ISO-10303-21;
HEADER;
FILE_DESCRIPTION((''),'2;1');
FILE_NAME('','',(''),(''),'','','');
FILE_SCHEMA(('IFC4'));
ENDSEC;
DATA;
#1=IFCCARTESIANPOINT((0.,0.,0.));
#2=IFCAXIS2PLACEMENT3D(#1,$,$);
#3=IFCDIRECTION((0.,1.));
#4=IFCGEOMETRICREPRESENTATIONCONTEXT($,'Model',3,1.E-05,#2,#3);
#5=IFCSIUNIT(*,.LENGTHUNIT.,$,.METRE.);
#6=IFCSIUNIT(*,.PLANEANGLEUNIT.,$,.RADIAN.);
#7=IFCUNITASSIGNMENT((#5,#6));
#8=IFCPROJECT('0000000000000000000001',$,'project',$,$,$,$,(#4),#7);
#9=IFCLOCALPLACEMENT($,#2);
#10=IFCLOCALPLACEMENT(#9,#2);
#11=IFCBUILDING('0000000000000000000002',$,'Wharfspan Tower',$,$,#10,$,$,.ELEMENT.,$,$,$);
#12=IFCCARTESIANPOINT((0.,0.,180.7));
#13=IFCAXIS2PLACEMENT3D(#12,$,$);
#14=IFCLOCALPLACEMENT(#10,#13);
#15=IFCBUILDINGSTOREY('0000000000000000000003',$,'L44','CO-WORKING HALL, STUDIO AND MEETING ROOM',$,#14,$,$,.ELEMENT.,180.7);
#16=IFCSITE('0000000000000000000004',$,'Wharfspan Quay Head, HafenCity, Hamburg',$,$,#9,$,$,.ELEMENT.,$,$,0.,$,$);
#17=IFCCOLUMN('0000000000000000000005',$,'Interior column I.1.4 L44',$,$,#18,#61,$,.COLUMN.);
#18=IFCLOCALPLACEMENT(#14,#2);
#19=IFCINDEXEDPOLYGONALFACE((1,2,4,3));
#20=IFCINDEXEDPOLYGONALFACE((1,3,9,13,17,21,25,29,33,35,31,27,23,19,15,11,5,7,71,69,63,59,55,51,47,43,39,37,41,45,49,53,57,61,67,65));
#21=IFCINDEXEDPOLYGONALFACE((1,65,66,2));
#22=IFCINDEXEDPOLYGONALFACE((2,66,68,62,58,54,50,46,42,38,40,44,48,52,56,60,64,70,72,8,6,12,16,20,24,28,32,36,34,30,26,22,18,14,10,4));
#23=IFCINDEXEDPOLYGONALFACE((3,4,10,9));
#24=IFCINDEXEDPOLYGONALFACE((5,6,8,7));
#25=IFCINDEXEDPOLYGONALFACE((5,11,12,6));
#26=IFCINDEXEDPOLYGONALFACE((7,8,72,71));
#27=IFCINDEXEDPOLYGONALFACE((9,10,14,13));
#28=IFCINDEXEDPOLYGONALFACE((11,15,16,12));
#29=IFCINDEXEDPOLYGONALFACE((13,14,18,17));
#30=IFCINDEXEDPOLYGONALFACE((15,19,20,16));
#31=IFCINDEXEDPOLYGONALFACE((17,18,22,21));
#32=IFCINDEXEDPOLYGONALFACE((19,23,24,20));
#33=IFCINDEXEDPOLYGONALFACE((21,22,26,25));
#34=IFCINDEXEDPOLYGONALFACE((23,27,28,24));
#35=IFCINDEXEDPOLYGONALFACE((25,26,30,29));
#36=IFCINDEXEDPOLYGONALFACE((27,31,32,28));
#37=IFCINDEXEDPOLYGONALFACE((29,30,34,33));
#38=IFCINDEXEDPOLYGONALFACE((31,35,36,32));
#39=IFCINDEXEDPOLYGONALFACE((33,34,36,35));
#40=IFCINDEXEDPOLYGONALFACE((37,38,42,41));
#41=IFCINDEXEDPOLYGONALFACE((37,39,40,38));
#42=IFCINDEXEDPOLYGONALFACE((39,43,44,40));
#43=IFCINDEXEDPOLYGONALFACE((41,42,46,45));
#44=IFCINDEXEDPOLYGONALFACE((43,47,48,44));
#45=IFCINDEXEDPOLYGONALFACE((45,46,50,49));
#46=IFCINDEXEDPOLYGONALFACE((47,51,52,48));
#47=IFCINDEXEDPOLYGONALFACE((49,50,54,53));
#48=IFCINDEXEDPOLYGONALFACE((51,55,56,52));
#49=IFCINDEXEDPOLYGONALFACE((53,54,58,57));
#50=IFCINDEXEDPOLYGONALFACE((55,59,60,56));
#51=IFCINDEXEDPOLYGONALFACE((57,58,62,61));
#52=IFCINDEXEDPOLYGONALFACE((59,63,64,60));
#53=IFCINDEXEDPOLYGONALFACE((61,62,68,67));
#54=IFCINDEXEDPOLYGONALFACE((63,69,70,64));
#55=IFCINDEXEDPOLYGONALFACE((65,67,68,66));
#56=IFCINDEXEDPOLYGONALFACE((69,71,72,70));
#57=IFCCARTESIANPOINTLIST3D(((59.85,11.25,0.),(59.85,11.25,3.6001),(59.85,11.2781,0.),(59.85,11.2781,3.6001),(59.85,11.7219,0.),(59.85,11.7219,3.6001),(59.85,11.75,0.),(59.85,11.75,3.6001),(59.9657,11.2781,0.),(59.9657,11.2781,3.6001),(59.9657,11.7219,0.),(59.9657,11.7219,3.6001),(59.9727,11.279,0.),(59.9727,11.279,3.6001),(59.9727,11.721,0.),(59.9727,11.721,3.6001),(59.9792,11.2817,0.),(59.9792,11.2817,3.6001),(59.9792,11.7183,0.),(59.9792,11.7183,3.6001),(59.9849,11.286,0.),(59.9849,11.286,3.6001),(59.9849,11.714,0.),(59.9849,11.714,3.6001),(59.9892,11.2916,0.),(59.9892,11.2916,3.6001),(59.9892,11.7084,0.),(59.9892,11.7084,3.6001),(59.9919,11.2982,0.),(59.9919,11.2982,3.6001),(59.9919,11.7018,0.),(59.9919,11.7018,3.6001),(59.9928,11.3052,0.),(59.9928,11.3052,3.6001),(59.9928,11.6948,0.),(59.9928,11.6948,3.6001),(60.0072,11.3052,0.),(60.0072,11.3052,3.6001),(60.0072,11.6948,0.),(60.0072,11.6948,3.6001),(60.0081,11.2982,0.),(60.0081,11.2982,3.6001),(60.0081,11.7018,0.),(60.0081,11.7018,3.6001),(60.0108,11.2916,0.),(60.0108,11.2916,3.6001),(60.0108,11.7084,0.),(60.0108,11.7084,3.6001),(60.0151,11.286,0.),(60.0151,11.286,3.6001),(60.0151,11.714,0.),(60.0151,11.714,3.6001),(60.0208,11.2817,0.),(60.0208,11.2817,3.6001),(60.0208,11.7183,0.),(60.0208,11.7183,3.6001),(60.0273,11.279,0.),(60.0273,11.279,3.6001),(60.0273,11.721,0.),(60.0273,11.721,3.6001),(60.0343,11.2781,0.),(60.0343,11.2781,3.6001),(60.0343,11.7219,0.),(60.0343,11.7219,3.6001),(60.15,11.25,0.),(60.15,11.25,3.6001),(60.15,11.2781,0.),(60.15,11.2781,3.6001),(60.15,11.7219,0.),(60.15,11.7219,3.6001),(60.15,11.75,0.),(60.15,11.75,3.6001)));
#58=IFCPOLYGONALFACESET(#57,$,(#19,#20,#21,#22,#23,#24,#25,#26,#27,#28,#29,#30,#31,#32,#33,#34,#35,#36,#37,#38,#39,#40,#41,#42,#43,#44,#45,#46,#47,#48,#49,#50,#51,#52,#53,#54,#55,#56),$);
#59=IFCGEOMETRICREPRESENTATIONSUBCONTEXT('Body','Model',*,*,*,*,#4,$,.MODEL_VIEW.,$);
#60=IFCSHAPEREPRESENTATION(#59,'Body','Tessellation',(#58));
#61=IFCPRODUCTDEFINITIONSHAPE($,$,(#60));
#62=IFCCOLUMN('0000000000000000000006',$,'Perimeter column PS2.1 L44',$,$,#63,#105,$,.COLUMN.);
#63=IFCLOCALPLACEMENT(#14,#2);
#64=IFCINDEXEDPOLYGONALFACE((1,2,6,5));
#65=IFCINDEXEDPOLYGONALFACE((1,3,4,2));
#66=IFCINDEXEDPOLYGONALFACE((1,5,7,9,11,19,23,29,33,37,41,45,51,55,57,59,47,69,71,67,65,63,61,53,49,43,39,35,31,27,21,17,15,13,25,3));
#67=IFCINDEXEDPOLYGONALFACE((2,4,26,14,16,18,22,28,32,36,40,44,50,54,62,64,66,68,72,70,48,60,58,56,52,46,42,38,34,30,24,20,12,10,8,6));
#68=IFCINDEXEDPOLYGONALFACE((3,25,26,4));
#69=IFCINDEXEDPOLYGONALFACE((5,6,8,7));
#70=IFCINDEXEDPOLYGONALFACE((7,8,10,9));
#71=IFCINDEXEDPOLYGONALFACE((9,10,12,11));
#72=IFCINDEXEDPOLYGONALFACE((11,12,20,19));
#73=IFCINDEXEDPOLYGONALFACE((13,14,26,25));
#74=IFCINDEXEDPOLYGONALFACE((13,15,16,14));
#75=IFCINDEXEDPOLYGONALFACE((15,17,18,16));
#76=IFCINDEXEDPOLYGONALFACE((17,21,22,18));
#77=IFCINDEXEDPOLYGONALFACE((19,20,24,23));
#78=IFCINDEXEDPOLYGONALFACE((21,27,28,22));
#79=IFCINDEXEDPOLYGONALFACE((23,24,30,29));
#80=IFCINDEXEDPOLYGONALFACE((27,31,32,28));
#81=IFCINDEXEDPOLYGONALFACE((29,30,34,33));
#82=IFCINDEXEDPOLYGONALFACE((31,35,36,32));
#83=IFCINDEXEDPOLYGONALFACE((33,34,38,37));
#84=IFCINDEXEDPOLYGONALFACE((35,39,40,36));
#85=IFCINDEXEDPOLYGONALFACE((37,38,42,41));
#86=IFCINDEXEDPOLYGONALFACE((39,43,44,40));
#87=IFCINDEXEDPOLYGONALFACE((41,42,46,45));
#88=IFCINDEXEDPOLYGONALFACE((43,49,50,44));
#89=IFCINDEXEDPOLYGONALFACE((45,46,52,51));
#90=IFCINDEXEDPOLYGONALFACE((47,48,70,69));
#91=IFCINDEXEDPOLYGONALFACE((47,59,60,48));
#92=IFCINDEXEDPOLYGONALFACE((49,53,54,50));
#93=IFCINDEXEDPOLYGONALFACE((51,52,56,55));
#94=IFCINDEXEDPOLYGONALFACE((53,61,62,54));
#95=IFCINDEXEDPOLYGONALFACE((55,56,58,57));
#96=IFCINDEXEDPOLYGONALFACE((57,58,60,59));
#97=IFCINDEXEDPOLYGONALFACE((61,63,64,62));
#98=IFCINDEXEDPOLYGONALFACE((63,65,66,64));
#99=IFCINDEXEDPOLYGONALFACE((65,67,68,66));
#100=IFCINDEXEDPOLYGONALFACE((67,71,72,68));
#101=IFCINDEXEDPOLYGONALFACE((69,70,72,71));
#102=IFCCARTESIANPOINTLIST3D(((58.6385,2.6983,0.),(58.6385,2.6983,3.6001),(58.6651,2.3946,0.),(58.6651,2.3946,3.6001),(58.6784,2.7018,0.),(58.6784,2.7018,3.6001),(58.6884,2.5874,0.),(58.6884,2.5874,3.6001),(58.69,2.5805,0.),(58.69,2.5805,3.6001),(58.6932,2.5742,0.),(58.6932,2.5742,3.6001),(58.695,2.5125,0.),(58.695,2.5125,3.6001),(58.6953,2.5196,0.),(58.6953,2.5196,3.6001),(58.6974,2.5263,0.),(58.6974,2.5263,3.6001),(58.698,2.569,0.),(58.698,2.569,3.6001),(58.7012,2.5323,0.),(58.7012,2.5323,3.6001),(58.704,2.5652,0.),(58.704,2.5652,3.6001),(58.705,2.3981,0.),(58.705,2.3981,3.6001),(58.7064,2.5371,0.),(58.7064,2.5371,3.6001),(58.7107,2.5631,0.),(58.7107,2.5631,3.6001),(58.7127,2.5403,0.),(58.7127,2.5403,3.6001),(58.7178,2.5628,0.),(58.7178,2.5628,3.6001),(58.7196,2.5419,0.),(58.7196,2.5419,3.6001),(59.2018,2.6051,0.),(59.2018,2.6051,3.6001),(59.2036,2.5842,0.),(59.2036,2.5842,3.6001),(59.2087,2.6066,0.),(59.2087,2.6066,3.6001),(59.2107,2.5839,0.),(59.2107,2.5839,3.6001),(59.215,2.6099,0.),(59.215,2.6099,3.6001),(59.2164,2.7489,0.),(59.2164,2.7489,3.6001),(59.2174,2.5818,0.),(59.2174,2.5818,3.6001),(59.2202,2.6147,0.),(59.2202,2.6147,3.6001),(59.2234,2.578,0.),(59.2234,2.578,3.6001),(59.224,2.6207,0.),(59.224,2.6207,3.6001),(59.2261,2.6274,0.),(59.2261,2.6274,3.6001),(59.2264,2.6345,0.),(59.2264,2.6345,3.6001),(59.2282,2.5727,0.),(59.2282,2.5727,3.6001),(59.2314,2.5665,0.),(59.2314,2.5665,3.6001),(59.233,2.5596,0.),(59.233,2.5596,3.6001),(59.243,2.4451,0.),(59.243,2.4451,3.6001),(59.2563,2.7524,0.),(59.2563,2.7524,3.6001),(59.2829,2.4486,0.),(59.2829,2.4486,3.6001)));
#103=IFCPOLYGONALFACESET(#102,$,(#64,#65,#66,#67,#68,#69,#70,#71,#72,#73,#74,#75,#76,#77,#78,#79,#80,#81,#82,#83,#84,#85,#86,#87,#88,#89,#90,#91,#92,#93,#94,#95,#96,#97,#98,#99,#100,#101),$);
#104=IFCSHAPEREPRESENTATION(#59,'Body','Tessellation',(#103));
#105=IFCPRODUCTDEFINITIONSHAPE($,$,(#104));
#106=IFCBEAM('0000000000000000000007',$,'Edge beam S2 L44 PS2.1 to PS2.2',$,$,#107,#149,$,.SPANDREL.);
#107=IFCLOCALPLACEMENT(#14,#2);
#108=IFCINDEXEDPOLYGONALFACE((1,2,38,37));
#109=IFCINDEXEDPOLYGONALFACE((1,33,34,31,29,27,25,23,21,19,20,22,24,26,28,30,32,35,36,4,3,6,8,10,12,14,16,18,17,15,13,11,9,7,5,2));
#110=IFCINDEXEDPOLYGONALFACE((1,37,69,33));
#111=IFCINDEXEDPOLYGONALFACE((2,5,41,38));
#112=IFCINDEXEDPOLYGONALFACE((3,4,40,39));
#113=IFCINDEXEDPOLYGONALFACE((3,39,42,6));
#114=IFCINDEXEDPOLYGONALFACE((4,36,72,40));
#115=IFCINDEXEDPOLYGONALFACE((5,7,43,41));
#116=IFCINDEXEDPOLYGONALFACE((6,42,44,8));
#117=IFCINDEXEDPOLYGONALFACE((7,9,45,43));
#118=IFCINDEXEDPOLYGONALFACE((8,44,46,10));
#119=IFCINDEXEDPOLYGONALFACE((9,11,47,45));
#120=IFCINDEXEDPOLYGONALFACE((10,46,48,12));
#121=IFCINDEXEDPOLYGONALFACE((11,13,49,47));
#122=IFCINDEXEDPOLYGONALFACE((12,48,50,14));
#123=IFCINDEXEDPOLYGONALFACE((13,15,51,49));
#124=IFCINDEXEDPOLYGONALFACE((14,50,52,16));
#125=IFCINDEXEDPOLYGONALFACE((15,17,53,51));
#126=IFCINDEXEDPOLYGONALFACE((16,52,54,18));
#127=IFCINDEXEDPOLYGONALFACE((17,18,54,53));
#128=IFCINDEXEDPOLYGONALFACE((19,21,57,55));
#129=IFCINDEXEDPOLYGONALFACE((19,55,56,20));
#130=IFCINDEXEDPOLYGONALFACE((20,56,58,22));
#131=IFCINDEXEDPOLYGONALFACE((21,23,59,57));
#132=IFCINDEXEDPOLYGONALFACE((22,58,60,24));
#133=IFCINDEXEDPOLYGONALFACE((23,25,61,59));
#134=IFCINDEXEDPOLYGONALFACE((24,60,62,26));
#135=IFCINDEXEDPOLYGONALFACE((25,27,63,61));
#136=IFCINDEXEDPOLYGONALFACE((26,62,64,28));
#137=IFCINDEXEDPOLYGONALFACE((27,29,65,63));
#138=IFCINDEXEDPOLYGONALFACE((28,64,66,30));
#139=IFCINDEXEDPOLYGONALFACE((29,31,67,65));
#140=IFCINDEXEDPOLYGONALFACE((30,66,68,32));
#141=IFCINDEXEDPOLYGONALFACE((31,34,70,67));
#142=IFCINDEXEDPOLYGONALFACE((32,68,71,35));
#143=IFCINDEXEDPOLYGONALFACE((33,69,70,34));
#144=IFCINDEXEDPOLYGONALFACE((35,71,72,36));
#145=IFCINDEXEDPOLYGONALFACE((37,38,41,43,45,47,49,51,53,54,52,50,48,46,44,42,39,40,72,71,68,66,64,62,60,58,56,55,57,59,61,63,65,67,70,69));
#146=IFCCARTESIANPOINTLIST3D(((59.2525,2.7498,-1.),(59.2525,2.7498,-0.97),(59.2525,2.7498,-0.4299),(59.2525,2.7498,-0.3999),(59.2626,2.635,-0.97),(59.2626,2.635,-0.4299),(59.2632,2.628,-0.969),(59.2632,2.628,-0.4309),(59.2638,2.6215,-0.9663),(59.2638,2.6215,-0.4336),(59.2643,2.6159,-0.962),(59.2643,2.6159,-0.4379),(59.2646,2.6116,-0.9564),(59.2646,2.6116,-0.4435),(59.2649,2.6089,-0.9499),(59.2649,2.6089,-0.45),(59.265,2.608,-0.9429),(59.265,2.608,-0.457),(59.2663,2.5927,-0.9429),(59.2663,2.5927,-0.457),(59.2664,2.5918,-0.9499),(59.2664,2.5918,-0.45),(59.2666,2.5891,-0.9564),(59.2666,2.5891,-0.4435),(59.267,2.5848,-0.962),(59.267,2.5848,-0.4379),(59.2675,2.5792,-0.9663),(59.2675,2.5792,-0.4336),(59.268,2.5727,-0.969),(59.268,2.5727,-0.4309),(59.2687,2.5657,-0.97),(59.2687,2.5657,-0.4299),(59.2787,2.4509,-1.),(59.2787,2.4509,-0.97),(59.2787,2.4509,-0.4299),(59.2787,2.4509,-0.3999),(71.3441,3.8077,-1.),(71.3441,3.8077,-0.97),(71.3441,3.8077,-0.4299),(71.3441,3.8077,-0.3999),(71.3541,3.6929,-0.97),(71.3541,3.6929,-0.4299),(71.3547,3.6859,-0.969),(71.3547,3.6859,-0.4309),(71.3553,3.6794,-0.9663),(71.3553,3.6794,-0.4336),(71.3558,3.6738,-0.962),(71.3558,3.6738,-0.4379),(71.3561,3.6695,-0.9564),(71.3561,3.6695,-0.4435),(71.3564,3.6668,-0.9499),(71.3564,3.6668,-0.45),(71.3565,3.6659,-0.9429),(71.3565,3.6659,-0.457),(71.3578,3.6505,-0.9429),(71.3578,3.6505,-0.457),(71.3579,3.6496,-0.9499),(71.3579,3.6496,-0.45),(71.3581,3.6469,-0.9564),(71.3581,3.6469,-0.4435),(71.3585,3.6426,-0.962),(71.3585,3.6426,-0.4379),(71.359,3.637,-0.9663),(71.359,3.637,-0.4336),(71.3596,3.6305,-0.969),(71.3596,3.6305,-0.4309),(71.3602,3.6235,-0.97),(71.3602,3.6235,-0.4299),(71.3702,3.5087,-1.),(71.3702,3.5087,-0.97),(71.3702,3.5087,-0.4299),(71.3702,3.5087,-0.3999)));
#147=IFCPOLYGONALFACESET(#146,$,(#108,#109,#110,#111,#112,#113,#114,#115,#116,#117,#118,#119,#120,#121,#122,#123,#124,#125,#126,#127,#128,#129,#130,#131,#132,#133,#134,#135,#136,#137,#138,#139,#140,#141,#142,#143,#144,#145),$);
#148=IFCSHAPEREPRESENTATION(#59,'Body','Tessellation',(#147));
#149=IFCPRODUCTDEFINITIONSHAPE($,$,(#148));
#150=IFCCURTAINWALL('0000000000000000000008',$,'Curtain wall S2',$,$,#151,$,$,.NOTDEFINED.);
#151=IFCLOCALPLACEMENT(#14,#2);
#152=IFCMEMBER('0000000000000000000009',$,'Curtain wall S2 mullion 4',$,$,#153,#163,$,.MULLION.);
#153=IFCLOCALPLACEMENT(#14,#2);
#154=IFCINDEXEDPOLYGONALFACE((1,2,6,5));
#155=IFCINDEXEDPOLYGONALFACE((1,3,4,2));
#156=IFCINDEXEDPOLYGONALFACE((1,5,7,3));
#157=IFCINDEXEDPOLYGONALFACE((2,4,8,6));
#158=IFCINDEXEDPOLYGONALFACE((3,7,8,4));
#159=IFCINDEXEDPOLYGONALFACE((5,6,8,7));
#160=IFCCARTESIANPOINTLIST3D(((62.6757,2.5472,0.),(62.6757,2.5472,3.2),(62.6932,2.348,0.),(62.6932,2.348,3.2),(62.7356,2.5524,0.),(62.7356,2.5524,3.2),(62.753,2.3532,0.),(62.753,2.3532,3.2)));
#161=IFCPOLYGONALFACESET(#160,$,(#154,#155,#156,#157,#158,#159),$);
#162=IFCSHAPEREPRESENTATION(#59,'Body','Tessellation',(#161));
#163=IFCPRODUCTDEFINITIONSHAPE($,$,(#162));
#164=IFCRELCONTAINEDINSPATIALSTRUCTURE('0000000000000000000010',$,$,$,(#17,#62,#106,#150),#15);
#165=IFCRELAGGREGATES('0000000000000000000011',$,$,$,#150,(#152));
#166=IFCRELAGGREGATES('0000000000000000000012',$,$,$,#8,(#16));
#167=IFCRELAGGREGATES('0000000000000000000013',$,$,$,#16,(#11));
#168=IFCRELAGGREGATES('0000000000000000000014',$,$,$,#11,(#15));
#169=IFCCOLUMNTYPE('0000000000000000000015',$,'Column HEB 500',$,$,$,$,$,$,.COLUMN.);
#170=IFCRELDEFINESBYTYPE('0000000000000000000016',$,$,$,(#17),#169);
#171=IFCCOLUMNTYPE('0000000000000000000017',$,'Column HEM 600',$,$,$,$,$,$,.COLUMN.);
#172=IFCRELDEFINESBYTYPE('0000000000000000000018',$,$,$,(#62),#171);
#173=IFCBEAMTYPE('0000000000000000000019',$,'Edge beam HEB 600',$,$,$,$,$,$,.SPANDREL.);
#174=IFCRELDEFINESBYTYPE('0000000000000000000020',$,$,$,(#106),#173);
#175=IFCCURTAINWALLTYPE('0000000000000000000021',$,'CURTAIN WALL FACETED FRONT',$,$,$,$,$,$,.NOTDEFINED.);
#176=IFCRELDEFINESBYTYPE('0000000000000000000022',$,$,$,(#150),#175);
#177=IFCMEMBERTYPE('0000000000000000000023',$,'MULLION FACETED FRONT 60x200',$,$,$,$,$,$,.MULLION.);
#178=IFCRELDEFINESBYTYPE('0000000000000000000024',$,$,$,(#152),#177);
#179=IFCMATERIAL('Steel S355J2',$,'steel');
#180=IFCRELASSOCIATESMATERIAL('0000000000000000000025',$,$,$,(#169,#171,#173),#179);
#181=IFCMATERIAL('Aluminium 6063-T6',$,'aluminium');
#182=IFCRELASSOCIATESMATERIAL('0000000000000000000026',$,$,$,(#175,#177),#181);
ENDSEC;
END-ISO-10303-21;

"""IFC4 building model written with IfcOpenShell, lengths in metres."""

from ifc_helpers import new_model, si_unit, direction, frame, origin, origin_2d, place, context, subcontext, project, spatial, rectangle, i_section, extrude, material, material_profile, profile_set, type_object, element, aggregate, save


model = new_model("IFC4")

# Units and contexts
model_context = context("Model", 3, precision=1e-05, world=origin(), true_north=direction((0.0, 1.0)))
body_context = subcontext(model_context, "Body", "Model", "MODEL_VIEW")
ifc_project = project(units=[si_unit("LENGTHUNIT", "METRE"), si_unit("PLANEANGLEUNIT", "RADIAN")], contexts=[model_context])

# Site, building, storey
site_placement = place(None, origin())
site = spatial("IfcSite", under=ifc_project, at=site_placement, Name="Wharfspan Quay Head, HafenCity, Hamburg", CompositionType="ELEMENT", RefElevation=0.0)
building_placement = place(site_placement, origin())
building = spatial("IfcBuilding", under=site, at=building_placement, Name="Wharfspan Tower", CompositionType="ELEMENT")
storey_placement = place(building_placement, frame((0.0, 0.0, 180.7)))
storey = spatial("IfcBuildingStorey", under=building, at=storey_placement, Name="L44", Description="CO-WORKING HALL, STUDIO AND MEETING ROOM", CompositionType="ELEMENT", Elevation=180.7)

# Columns
ifc_material_1 = material(Name="Steel S355J2", Category="steel")
ifc_material_profile_1 = material_profile(ifc_material_1, i_section(OverallWidth=0.3, OverallDepth=0.5, WebThickness=0.0144, FlangeThickness=0.0281, FilletRadius=0.0271, at=origin_2d()))
ifc_profile_set_1 = profile_set([ifc_material_profile_1], Name="Steel S355J2")
column_type_1 = type_object("IfcColumnType", Name="Column HEB 500", PredefinedType="COLUMN", material=ifc_profile_set_1)
column_1_placement = place(storey_placement, frame((60.0, 11.5, 0.0), z_axis=(0.0, 0.0, 1.0), x_axis=(1.0, 0.0, 0.0)))
element("IfcColumn", 1, at=column_1_placement, inside=storey, type_object=column_type_1, Name="Interior column I.1.4 L44", PredefinedType="COLUMN", context=body_context, shape_type="SweptSolid", body=[
    extrude(i_section(OverallWidth=0.3, OverallDepth=0.5, WebThickness=0.0144, FlangeThickness=0.0281, FilletRadius=0.0271, at=origin_2d()), origin(), (0.0, 0.0, 1.0), 3.6001),
])
ifc_material_profile_2 = material_profile(ifc_material_1, i_section(OverallWidth=0.3049, OverallDepth=0.6201, WebThickness=0.021, FlangeThickness=0.04, FilletRadius=0.0271, at=origin_2d()))
ifc_profile_set_2 = profile_set([ifc_material_profile_2], Name="Steel S355J2")
column_type_2 = type_object("IfcColumnType", Name="Column HEM 600", PredefinedType="COLUMN", material=ifc_profile_set_2)
column_2_placement = place(storey_placement, frame((58.9607, 2.5735, 0.0), z_axis=(0.0, 0.0, 1.0), x_axis=(0.087156, -0.996198, 0.0)))
element("IfcColumn", 2, at=column_2_placement, inside=storey, type_object=column_type_2, Name="Perimeter column PS2.1 L44", PredefinedType="COLUMN", context=body_context, shape_type="SweptSolid", body=[
    extrude(i_section(OverallWidth=0.3049, OverallDepth=0.6201, WebThickness=0.021, FlangeThickness=0.04, FilletRadius=0.0271, at=origin_2d()), origin(), (0.0, 0.0, 1.0), 3.6001),
])

# Beam
ifc_material_profile_3 = material_profile(ifc_material_1, i_section(OverallWidth=0.3, OverallDepth=0.6001, WebThickness=0.0154, FlangeThickness=0.03, FilletRadius=0.0271, at=origin_2d()))
ifc_profile_set_3 = profile_set([ifc_material_profile_3], Name="Steel S355J2")
beam_type = type_object("IfcBeamType", Name="Edge beam HEB 600", PredefinedType="SPANDREL", material=ifc_profile_set_3)
beam_placement = place(storey_placement, frame((59.2656, 2.6003, -0.7), z_axis=(0.996195, 0.087155, 0.0), x_axis=(-0.087155, 0.996195, 0.0)))
element("IfcBeam", 3, at=beam_placement, inside=storey, type_object=beam_type, Name="Edge beam S2 L44 PS2.1 to PS2.2", PredefinedType="SPANDREL", context=body_context, shape_type="SweptSolid", body=[
    extrude(i_section(OverallWidth=0.3, OverallDepth=0.6001, WebThickness=0.0154, FlangeThickness=0.03, FilletRadius=0.0271, at=origin_2d()), origin(), (0.0, 0.0, 1.0), 12.1377),
])

# Curtain wall, member
ifc_material_2 = material(Name="Aluminium 6063-T6", Category="aluminium")
curtain_wall_type = type_object("IfcCurtainWallType", Name="CURTAIN WALL FACETED FRONT", PredefinedType="NOTDEFINED", material=ifc_material_2)
curtain_wall_placement = place(storey_placement, origin())
curtain_wall = element("IfcCurtainWall", 4, at=curtain_wall_placement, inside=storey, type_object=curtain_wall_type, Name="Curtain wall S2", PredefinedType="NOTDEFINED")
ifc_material_profile_4 = material_profile(ifc_material_2, rectangle(XDim=0.2, YDim=0.0601, at=origin_2d()))
ifc_profile_set_4 = profile_set([ifc_material_profile_4], Name="Aluminium 6063-T6")
member_type_1 = type_object("IfcMemberType", Name="MULLION FACETED FRONT 60x200", PredefinedType="MULLION", material=ifc_profile_set_4)
member_1_placement = place(storey_placement, frame((62.7144, 2.4502, 0.0), z_axis=(0.0, 0.0, 1.0), x_axis=(-0.087156, 0.996198, 0.0)))
member_1 = element("IfcMember", 5, at=member_1_placement, type_object=member_type_1, Name="Curtain wall S2 mullion 4", PredefinedType="MULLION", context=body_context, shape_type="SweptSolid", body=[
    extrude(rectangle(XDim=0.2, YDim=0.0601, at=origin_2d()), origin(), (0.0, 0.0, 1.0), 3.2),
])

aggregate(curtain_wall, [member_1])

save(model, "model.ifc")
